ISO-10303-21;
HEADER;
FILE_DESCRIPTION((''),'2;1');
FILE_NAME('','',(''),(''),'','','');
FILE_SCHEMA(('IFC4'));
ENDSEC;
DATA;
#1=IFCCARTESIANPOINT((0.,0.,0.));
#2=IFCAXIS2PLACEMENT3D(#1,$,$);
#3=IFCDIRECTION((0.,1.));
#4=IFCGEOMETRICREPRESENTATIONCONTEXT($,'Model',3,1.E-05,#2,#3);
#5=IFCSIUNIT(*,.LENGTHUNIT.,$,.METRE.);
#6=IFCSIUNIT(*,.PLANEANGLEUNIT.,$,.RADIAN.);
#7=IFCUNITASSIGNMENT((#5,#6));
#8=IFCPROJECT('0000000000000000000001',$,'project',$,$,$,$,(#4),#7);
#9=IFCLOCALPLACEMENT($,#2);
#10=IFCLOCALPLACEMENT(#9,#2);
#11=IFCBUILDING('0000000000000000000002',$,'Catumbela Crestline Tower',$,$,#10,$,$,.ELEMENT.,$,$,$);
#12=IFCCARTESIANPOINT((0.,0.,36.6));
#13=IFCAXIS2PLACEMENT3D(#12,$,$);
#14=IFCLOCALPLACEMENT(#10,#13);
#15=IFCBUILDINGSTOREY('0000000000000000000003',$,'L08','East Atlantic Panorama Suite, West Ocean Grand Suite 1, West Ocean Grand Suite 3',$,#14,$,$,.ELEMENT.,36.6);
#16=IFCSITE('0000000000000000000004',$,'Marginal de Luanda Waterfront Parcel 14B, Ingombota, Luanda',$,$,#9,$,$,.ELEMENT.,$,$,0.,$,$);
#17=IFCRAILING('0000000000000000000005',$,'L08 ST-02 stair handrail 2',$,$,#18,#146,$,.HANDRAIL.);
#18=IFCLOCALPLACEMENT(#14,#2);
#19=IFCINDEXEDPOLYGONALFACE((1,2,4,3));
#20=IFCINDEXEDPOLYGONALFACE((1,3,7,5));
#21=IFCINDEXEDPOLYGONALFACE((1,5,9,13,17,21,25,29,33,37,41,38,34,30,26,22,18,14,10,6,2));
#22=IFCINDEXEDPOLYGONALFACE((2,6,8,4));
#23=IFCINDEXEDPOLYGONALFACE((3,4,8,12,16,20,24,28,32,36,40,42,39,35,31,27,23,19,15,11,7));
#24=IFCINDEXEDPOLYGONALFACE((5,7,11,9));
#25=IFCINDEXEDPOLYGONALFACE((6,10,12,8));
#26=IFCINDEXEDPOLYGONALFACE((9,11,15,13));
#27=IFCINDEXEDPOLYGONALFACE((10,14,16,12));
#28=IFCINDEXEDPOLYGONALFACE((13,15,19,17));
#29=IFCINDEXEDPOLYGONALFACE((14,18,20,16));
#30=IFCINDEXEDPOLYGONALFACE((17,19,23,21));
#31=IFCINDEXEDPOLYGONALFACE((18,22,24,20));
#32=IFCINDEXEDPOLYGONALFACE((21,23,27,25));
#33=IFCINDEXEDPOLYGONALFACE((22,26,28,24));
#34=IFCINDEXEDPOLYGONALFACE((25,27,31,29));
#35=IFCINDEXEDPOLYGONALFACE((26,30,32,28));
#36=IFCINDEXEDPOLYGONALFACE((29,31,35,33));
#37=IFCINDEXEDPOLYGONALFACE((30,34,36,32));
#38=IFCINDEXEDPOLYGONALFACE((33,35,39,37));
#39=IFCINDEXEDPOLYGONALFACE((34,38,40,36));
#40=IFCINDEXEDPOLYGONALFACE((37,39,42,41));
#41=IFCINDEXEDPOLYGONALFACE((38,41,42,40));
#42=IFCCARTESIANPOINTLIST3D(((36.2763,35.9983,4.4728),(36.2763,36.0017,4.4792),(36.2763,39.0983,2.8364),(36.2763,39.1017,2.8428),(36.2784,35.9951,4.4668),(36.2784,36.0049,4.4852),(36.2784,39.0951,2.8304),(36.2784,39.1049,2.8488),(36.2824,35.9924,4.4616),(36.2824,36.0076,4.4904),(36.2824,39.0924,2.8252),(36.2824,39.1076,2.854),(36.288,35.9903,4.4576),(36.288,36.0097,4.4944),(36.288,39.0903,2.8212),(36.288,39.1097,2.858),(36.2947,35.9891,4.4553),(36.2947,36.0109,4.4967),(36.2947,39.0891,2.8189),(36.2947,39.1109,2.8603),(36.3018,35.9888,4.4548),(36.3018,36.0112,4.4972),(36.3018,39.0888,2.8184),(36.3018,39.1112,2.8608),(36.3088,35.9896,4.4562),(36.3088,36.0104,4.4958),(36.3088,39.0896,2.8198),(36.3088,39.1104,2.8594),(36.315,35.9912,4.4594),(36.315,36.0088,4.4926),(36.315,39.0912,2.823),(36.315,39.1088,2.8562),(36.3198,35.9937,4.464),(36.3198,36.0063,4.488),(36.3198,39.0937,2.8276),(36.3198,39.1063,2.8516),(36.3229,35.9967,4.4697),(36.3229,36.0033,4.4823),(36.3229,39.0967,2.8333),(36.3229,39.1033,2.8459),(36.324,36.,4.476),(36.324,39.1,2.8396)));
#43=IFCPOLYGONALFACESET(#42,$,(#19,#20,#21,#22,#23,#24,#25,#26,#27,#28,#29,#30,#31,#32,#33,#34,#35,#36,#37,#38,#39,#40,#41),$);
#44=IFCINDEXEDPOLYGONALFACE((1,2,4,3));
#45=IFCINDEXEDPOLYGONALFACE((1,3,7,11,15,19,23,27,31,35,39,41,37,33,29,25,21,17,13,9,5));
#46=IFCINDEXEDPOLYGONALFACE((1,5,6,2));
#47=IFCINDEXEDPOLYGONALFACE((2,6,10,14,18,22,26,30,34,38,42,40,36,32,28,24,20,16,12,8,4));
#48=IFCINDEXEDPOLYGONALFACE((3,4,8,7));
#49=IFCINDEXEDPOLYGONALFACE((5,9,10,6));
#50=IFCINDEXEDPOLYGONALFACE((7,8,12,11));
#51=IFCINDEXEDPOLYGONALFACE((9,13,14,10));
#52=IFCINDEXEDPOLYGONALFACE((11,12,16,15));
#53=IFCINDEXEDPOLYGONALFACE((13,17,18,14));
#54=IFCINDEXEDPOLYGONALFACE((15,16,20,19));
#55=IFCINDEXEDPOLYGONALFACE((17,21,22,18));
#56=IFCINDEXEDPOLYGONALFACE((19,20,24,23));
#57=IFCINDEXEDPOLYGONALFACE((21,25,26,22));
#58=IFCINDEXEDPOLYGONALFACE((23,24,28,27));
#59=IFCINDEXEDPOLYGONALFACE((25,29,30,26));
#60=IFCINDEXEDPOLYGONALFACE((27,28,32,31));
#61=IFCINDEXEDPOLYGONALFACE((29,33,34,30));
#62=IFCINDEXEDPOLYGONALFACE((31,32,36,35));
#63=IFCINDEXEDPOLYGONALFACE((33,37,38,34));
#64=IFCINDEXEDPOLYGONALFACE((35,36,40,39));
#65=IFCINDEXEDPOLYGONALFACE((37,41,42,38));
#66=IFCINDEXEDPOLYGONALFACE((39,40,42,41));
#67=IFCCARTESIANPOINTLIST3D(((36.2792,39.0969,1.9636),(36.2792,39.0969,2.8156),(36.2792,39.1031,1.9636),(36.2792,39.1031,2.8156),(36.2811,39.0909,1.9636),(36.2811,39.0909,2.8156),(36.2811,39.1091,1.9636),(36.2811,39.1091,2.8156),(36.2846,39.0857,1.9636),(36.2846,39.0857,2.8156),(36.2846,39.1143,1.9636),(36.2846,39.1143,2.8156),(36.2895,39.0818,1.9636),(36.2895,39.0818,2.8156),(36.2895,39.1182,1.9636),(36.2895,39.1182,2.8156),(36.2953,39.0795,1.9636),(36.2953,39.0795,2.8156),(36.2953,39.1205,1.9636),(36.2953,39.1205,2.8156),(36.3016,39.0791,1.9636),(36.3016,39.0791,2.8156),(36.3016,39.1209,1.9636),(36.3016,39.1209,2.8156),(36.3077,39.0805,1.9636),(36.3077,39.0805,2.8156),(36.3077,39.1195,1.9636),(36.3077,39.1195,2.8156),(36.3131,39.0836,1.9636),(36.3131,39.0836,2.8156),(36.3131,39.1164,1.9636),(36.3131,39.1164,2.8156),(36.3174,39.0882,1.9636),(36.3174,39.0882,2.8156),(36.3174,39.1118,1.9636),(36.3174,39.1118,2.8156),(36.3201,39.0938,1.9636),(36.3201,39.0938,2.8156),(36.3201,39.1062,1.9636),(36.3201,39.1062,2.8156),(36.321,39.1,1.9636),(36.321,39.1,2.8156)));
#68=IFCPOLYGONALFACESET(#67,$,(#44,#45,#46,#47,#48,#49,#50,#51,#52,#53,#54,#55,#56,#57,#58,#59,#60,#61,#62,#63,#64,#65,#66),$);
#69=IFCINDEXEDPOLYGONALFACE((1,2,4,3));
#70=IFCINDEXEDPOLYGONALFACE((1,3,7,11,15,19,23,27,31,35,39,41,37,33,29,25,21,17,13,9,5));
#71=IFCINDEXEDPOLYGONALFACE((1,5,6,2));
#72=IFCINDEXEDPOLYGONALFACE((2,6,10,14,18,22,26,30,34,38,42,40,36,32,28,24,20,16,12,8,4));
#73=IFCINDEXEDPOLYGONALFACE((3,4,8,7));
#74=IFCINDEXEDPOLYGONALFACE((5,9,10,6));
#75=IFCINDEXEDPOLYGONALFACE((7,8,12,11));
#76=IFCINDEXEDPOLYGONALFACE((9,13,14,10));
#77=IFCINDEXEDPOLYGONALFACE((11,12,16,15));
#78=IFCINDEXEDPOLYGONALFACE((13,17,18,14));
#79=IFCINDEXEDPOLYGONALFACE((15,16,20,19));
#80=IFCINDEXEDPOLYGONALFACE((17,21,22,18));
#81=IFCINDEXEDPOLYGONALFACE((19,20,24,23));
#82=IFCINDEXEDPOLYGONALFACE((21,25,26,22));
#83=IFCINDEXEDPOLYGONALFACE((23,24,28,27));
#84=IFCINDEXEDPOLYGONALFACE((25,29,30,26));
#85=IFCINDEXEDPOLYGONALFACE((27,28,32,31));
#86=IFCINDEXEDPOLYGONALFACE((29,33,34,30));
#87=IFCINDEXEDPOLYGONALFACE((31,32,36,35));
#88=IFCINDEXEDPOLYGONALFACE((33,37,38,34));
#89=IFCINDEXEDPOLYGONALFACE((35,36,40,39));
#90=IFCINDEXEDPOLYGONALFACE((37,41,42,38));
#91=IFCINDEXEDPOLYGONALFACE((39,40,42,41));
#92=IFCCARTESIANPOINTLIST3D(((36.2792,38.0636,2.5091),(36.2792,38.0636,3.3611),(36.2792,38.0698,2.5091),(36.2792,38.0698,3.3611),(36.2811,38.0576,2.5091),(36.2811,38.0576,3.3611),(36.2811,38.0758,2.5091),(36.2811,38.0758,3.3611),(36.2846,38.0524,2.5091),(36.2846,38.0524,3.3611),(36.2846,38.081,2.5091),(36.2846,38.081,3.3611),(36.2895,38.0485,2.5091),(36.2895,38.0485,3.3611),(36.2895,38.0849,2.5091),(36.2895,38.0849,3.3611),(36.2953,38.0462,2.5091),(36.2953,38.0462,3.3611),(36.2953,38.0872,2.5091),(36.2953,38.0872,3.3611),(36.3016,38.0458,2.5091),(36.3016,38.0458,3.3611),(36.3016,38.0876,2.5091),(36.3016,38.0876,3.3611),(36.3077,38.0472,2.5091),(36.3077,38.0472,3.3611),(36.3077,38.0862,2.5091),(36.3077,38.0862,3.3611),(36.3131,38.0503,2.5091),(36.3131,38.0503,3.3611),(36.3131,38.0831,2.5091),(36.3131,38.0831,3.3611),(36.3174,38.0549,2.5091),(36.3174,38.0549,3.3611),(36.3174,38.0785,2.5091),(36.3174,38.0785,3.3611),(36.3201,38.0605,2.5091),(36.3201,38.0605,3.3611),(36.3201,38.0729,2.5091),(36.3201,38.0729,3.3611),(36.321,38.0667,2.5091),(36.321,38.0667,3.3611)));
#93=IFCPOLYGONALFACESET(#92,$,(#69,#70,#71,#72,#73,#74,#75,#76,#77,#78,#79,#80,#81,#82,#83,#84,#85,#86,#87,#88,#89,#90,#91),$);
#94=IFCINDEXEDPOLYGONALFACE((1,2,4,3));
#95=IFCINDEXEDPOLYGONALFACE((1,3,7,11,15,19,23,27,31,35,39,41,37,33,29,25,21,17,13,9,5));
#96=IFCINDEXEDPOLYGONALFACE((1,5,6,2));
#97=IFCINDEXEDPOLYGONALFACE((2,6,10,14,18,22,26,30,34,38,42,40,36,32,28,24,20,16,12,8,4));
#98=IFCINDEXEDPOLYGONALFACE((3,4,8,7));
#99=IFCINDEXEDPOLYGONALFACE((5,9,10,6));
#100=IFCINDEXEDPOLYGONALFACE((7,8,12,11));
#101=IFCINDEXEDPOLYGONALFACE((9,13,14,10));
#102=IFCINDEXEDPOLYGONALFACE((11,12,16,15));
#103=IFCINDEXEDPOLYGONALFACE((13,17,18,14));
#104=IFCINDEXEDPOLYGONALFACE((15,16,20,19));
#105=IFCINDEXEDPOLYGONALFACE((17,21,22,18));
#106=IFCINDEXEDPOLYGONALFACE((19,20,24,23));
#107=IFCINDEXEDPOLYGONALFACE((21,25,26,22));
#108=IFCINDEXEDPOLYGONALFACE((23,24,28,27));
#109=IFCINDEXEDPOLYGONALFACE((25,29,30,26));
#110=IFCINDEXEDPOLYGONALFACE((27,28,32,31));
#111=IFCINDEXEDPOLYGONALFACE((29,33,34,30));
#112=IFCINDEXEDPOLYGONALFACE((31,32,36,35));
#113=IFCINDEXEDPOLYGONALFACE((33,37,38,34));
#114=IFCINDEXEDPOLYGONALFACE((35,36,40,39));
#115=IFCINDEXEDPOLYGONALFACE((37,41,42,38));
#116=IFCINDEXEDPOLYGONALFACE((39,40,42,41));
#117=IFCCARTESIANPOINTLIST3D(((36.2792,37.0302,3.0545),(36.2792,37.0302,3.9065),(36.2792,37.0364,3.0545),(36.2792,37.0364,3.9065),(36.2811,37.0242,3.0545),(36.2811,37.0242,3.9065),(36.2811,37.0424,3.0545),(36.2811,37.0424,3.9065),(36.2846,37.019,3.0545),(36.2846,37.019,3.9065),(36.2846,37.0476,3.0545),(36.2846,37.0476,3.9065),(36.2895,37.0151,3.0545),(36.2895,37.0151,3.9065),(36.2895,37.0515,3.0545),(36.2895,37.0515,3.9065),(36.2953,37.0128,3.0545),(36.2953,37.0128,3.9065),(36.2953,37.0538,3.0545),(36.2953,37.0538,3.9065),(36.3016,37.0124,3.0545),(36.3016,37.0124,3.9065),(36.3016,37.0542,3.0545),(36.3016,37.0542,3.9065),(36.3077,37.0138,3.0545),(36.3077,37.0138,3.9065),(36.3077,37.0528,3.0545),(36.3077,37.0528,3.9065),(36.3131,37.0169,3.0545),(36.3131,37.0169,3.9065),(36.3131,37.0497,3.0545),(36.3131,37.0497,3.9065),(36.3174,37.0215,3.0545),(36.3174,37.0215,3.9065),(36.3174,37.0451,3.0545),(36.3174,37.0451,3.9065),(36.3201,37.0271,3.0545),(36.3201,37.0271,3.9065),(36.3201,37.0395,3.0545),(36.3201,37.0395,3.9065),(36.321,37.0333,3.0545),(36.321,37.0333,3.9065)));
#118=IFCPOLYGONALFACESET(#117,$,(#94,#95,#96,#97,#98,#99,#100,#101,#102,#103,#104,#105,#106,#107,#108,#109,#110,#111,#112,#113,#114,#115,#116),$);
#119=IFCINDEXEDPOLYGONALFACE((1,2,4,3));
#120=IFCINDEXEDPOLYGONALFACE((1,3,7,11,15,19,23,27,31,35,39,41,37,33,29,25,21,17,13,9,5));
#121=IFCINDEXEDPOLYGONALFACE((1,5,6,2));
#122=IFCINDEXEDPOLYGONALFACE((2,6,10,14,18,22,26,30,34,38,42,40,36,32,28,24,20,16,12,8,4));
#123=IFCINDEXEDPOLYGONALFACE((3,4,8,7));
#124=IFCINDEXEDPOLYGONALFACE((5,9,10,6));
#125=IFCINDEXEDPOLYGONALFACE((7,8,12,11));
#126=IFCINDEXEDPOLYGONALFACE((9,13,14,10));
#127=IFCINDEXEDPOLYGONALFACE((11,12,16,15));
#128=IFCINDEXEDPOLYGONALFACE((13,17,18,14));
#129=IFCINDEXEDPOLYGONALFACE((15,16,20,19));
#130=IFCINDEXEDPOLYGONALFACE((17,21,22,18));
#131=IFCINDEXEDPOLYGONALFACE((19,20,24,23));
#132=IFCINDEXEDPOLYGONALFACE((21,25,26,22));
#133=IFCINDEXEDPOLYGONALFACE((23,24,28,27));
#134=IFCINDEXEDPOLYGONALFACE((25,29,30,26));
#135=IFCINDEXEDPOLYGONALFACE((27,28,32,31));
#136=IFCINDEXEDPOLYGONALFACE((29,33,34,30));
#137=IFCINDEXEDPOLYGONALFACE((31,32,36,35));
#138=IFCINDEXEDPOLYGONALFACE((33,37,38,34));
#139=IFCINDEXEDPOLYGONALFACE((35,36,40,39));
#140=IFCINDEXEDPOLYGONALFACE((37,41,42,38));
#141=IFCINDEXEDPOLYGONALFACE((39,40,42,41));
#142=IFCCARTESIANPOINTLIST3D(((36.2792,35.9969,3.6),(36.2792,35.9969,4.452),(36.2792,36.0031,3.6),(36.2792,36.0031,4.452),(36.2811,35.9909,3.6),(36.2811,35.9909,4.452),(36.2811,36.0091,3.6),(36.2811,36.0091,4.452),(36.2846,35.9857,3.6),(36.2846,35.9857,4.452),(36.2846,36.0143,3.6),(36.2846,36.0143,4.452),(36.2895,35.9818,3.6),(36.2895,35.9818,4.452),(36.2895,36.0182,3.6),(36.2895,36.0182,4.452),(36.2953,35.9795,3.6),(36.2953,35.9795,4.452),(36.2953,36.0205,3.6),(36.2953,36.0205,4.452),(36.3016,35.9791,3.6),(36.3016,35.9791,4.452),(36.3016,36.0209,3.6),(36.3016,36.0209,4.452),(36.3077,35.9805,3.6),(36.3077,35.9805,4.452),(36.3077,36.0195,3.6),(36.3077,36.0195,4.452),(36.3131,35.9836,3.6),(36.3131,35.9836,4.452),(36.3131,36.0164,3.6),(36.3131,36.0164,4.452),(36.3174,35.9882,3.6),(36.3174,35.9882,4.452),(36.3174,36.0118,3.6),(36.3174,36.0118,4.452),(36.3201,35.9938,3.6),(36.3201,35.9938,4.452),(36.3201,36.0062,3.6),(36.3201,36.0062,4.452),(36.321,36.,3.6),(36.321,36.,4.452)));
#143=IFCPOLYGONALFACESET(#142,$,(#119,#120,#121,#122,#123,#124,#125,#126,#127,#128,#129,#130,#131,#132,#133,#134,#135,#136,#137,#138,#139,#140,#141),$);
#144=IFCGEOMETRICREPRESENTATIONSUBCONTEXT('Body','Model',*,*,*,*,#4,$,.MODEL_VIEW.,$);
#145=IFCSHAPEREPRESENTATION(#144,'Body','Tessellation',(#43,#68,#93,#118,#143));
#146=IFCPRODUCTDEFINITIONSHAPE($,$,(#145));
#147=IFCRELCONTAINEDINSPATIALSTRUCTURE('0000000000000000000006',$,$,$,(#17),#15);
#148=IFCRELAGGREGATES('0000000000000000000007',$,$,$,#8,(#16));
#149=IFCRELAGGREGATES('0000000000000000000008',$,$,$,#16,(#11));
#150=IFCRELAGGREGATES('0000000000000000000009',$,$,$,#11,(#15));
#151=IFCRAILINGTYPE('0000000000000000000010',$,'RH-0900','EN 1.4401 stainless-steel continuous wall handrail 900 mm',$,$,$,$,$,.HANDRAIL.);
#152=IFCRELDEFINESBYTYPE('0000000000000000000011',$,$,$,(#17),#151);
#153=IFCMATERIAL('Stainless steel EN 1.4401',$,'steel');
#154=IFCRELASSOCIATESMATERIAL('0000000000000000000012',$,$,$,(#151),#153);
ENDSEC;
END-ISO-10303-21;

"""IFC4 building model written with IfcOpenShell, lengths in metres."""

from ifc_helpers import new_model, si_unit, direction, frame, origin, origin_2d, place, context, subcontext, project, spatial, circle, extrude, material, type_object, element, save


model = new_model("IFC4")

# Units and contexts
model_context = context("Model", 3, precision=1e-05, world=origin(), true_north=direction((0.0, 1.0)))
body_context = subcontext(model_context, "Body", "Model", "MODEL_VIEW")
ifc_project = project(units=[si_unit("LENGTHUNIT", "METRE"), si_unit("PLANEANGLEUNIT", "RADIAN")], contexts=[model_context])

# Site, building, storey
site_placement = place(None, origin())
site = spatial("IfcSite", under=ifc_project, at=site_placement, Name="Marginal de Luanda Waterfront Parcel 14B, Ingombota, Luanda", CompositionType="ELEMENT", RefElevation=0.0)
building_placement = place(site_placement, origin())
building = spatial("IfcBuilding", under=site, at=building_placement, Name="Catumbela Crestline Tower", CompositionType="ELEMENT")
storey_placement = place(building_placement, frame((0.0, 0.0, 36.6)))
storey = spatial("IfcBuildingStorey", under=building, at=storey_placement, Name="L08", Description="East Atlantic Panorama Suite, West Ocean Grand Suite 1, West Ocean Grand Suite 3", CompositionType="ELEMENT", Elevation=36.6)

# Shared definitions
ifc_material_1 = material(Name="Stainless steel EN 1.4401", Category="steel")

# Railing
railing_type_1 = type_object("IfcRailingType", Name="RH-0900", Description="EN 1.4401 stainless-steel continuous wall handrail 900 mm", PredefinedType="HANDRAIL", material=ifc_material_1)
railing_1_placement = place(storey_placement, frame((36.3, 39.1, 1.9636)))
element("IfcRailing", 1, at=railing_1_placement, inside=storey, type_object=railing_type_1, Name="L08 ST-02 stair handrail 2", PredefinedType="HANDRAIL", context=body_context, shape_type="SweptSolid", body=[
    extrude(circle(Radius=0.024, at=origin_2d()), frame((0.0, 0.0, 0.876), z_axis=(0.0, -0.884351, 0.466823), x_axis=(1.0, 0.0, 0.0)), (0.0, 0.0, 1.0), 3.5054),
    extrude(circle(Radius=0.021, at=origin_2d()), origin(), (0.0, 0.0, 1.0), 0.852),
    extrude(circle(Radius=0.021, at=origin_2d()), frame((0.0, -1.0333, 0.5455)), (0.0, 0.0, 1.0), 0.852),
    extrude(circle(Radius=0.021, at=origin_2d()), frame((0.0, -2.0667, 1.0909)), (0.0, 0.0, 1.0), 0.852),
    extrude(circle(Radius=0.021, at=origin_2d()), frame((0.0, -3.1, 1.6364)), (0.0, 0.0, 1.0), 0.852),
])

save(model, "model.ifc")
